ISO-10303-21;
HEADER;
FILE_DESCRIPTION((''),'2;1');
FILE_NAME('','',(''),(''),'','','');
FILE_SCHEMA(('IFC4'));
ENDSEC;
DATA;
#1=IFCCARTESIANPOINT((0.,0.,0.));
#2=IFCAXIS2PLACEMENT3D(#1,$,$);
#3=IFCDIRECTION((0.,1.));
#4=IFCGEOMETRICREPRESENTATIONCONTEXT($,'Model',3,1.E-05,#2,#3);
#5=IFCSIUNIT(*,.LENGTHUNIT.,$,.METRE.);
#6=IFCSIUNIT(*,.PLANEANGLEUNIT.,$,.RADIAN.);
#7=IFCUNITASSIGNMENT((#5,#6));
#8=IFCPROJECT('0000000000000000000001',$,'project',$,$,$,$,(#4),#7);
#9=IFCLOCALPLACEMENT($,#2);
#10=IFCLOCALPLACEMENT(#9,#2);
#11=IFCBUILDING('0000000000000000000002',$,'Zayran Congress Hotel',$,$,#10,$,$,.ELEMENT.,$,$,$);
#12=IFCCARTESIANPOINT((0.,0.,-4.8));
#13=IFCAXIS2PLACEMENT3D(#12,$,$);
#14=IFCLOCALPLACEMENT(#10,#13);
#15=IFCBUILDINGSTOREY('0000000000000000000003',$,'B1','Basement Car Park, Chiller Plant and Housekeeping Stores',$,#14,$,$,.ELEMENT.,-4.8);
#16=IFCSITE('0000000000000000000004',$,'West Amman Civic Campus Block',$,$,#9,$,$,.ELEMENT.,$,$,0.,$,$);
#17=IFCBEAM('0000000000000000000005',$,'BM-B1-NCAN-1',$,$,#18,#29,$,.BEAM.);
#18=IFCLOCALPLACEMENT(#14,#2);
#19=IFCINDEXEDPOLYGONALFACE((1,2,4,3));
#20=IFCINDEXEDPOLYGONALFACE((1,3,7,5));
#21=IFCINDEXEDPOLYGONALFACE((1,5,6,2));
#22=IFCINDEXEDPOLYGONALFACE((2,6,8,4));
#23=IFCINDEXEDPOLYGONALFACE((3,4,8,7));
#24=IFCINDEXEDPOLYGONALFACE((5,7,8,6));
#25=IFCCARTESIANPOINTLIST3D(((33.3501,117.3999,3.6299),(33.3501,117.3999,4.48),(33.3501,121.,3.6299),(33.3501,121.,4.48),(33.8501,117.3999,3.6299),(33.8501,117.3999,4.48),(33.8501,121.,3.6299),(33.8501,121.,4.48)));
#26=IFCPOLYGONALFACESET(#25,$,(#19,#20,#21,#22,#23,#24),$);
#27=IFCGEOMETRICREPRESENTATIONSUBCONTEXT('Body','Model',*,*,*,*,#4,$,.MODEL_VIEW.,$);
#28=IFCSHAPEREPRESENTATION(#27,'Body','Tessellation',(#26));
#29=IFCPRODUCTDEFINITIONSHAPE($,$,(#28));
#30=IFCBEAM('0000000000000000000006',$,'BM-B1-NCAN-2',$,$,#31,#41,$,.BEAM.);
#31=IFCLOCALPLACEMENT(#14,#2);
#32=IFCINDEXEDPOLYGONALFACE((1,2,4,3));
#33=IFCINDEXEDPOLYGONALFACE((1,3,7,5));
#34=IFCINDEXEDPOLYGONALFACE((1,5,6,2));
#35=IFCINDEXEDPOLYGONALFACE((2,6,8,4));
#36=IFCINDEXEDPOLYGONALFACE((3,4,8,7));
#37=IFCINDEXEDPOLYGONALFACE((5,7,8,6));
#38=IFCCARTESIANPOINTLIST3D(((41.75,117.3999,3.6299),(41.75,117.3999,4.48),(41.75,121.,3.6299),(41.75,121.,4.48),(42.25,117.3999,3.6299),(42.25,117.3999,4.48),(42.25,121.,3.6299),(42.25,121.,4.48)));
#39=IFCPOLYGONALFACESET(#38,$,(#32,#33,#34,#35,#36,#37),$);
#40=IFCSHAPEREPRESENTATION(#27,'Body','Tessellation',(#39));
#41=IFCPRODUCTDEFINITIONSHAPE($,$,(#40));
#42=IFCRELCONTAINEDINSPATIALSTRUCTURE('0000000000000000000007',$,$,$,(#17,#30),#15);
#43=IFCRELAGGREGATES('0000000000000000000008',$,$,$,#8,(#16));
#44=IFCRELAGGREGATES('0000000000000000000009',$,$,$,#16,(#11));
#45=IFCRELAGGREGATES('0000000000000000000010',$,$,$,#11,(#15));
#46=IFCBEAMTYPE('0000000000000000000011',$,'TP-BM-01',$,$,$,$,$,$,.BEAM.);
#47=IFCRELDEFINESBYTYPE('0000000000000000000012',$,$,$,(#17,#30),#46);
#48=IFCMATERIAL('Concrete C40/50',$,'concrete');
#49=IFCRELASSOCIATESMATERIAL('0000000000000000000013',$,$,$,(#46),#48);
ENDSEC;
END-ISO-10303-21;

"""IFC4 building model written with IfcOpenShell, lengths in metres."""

from ifc_helpers import new_model, si_unit, direction, frame, origin, origin_2d, place, context, subcontext, project, spatial, rectangle, extrude, material, material_profile, profile_set, type_object, element, save


model = new_model("IFC4")

# Units and contexts
model_context = context("Model", 3, precision=1e-05, world=origin(), true_north=direction((0.0, 1.0)))
body_context = subcontext(model_context, "Body", "Model", "MODEL_VIEW")
ifc_project = project(units=[si_unit("LENGTHUNIT", "METRE"), si_unit("PLANEANGLEUNIT", "RADIAN")], contexts=[model_context])

# Site, building, storey
site_placement = place(None, origin())
site = spatial("IfcSite", under=ifc_project, at=site_placement, Name="West Amman Civic Campus Block", CompositionType="ELEMENT", RefElevation=0.0)
building_placement = place(site_placement, origin())
building = spatial("IfcBuilding", under=site, at=building_placement, Name="Zayran Congress Hotel", CompositionType="ELEMENT")
storey_placement = place(building_placement, frame((0.0, 0.0, -4.8)))
storey = spatial("IfcBuildingStorey", under=building, at=storey_placement, Name="B1", Description="Basement Car Park, Chiller Plant and Housekeeping Stores", CompositionType="ELEMENT", Elevation=-4.8)

# Shared definitions
ifc_material = material(Name="Concrete C40/50", Category="concrete")

# Beams
ifc_material_profile_1 = material_profile(ifc_material, rectangle(XDim=0.5, YDim=0.8501, at=origin_2d()), Name="RC 500x850")
ifc_profile_set_1 = profile_set([ifc_material_profile_1], Name="Concrete C40/50")
beam_type = type_object("IfcBeamType", Name="TP-BM-01", PredefinedType="BEAM", material=ifc_profile_set_1)
for number, where, z_axis, x_axis, name in (
    (1, (33.6001, 117.3999, 4.0549), (0.0, 1.0, 0.0), (-1.0, 0.0, 0.0), "BM-B1-NCAN-1"),
    (2, (42.0, 117.3999, 4.0549), (0.0, 1.0, 0.0), (-1.0, 0.0, 0.0), "BM-B1-NCAN-2"),
):
    element("IfcBeam", number, at=place(storey_placement, frame(where, z_axis=z_axis, x_axis=x_axis)), inside=storey, type_object=beam_type, Name=name, PredefinedType="BEAM", context=body_context, shape_type="SweptSolid", body=[
        extrude(rectangle(XDim=0.5, YDim=0.8501, at=origin_2d()), origin(), (0.0, 0.0, 1.0), 3.6001),
    ])

save(model, "model.ifc")
